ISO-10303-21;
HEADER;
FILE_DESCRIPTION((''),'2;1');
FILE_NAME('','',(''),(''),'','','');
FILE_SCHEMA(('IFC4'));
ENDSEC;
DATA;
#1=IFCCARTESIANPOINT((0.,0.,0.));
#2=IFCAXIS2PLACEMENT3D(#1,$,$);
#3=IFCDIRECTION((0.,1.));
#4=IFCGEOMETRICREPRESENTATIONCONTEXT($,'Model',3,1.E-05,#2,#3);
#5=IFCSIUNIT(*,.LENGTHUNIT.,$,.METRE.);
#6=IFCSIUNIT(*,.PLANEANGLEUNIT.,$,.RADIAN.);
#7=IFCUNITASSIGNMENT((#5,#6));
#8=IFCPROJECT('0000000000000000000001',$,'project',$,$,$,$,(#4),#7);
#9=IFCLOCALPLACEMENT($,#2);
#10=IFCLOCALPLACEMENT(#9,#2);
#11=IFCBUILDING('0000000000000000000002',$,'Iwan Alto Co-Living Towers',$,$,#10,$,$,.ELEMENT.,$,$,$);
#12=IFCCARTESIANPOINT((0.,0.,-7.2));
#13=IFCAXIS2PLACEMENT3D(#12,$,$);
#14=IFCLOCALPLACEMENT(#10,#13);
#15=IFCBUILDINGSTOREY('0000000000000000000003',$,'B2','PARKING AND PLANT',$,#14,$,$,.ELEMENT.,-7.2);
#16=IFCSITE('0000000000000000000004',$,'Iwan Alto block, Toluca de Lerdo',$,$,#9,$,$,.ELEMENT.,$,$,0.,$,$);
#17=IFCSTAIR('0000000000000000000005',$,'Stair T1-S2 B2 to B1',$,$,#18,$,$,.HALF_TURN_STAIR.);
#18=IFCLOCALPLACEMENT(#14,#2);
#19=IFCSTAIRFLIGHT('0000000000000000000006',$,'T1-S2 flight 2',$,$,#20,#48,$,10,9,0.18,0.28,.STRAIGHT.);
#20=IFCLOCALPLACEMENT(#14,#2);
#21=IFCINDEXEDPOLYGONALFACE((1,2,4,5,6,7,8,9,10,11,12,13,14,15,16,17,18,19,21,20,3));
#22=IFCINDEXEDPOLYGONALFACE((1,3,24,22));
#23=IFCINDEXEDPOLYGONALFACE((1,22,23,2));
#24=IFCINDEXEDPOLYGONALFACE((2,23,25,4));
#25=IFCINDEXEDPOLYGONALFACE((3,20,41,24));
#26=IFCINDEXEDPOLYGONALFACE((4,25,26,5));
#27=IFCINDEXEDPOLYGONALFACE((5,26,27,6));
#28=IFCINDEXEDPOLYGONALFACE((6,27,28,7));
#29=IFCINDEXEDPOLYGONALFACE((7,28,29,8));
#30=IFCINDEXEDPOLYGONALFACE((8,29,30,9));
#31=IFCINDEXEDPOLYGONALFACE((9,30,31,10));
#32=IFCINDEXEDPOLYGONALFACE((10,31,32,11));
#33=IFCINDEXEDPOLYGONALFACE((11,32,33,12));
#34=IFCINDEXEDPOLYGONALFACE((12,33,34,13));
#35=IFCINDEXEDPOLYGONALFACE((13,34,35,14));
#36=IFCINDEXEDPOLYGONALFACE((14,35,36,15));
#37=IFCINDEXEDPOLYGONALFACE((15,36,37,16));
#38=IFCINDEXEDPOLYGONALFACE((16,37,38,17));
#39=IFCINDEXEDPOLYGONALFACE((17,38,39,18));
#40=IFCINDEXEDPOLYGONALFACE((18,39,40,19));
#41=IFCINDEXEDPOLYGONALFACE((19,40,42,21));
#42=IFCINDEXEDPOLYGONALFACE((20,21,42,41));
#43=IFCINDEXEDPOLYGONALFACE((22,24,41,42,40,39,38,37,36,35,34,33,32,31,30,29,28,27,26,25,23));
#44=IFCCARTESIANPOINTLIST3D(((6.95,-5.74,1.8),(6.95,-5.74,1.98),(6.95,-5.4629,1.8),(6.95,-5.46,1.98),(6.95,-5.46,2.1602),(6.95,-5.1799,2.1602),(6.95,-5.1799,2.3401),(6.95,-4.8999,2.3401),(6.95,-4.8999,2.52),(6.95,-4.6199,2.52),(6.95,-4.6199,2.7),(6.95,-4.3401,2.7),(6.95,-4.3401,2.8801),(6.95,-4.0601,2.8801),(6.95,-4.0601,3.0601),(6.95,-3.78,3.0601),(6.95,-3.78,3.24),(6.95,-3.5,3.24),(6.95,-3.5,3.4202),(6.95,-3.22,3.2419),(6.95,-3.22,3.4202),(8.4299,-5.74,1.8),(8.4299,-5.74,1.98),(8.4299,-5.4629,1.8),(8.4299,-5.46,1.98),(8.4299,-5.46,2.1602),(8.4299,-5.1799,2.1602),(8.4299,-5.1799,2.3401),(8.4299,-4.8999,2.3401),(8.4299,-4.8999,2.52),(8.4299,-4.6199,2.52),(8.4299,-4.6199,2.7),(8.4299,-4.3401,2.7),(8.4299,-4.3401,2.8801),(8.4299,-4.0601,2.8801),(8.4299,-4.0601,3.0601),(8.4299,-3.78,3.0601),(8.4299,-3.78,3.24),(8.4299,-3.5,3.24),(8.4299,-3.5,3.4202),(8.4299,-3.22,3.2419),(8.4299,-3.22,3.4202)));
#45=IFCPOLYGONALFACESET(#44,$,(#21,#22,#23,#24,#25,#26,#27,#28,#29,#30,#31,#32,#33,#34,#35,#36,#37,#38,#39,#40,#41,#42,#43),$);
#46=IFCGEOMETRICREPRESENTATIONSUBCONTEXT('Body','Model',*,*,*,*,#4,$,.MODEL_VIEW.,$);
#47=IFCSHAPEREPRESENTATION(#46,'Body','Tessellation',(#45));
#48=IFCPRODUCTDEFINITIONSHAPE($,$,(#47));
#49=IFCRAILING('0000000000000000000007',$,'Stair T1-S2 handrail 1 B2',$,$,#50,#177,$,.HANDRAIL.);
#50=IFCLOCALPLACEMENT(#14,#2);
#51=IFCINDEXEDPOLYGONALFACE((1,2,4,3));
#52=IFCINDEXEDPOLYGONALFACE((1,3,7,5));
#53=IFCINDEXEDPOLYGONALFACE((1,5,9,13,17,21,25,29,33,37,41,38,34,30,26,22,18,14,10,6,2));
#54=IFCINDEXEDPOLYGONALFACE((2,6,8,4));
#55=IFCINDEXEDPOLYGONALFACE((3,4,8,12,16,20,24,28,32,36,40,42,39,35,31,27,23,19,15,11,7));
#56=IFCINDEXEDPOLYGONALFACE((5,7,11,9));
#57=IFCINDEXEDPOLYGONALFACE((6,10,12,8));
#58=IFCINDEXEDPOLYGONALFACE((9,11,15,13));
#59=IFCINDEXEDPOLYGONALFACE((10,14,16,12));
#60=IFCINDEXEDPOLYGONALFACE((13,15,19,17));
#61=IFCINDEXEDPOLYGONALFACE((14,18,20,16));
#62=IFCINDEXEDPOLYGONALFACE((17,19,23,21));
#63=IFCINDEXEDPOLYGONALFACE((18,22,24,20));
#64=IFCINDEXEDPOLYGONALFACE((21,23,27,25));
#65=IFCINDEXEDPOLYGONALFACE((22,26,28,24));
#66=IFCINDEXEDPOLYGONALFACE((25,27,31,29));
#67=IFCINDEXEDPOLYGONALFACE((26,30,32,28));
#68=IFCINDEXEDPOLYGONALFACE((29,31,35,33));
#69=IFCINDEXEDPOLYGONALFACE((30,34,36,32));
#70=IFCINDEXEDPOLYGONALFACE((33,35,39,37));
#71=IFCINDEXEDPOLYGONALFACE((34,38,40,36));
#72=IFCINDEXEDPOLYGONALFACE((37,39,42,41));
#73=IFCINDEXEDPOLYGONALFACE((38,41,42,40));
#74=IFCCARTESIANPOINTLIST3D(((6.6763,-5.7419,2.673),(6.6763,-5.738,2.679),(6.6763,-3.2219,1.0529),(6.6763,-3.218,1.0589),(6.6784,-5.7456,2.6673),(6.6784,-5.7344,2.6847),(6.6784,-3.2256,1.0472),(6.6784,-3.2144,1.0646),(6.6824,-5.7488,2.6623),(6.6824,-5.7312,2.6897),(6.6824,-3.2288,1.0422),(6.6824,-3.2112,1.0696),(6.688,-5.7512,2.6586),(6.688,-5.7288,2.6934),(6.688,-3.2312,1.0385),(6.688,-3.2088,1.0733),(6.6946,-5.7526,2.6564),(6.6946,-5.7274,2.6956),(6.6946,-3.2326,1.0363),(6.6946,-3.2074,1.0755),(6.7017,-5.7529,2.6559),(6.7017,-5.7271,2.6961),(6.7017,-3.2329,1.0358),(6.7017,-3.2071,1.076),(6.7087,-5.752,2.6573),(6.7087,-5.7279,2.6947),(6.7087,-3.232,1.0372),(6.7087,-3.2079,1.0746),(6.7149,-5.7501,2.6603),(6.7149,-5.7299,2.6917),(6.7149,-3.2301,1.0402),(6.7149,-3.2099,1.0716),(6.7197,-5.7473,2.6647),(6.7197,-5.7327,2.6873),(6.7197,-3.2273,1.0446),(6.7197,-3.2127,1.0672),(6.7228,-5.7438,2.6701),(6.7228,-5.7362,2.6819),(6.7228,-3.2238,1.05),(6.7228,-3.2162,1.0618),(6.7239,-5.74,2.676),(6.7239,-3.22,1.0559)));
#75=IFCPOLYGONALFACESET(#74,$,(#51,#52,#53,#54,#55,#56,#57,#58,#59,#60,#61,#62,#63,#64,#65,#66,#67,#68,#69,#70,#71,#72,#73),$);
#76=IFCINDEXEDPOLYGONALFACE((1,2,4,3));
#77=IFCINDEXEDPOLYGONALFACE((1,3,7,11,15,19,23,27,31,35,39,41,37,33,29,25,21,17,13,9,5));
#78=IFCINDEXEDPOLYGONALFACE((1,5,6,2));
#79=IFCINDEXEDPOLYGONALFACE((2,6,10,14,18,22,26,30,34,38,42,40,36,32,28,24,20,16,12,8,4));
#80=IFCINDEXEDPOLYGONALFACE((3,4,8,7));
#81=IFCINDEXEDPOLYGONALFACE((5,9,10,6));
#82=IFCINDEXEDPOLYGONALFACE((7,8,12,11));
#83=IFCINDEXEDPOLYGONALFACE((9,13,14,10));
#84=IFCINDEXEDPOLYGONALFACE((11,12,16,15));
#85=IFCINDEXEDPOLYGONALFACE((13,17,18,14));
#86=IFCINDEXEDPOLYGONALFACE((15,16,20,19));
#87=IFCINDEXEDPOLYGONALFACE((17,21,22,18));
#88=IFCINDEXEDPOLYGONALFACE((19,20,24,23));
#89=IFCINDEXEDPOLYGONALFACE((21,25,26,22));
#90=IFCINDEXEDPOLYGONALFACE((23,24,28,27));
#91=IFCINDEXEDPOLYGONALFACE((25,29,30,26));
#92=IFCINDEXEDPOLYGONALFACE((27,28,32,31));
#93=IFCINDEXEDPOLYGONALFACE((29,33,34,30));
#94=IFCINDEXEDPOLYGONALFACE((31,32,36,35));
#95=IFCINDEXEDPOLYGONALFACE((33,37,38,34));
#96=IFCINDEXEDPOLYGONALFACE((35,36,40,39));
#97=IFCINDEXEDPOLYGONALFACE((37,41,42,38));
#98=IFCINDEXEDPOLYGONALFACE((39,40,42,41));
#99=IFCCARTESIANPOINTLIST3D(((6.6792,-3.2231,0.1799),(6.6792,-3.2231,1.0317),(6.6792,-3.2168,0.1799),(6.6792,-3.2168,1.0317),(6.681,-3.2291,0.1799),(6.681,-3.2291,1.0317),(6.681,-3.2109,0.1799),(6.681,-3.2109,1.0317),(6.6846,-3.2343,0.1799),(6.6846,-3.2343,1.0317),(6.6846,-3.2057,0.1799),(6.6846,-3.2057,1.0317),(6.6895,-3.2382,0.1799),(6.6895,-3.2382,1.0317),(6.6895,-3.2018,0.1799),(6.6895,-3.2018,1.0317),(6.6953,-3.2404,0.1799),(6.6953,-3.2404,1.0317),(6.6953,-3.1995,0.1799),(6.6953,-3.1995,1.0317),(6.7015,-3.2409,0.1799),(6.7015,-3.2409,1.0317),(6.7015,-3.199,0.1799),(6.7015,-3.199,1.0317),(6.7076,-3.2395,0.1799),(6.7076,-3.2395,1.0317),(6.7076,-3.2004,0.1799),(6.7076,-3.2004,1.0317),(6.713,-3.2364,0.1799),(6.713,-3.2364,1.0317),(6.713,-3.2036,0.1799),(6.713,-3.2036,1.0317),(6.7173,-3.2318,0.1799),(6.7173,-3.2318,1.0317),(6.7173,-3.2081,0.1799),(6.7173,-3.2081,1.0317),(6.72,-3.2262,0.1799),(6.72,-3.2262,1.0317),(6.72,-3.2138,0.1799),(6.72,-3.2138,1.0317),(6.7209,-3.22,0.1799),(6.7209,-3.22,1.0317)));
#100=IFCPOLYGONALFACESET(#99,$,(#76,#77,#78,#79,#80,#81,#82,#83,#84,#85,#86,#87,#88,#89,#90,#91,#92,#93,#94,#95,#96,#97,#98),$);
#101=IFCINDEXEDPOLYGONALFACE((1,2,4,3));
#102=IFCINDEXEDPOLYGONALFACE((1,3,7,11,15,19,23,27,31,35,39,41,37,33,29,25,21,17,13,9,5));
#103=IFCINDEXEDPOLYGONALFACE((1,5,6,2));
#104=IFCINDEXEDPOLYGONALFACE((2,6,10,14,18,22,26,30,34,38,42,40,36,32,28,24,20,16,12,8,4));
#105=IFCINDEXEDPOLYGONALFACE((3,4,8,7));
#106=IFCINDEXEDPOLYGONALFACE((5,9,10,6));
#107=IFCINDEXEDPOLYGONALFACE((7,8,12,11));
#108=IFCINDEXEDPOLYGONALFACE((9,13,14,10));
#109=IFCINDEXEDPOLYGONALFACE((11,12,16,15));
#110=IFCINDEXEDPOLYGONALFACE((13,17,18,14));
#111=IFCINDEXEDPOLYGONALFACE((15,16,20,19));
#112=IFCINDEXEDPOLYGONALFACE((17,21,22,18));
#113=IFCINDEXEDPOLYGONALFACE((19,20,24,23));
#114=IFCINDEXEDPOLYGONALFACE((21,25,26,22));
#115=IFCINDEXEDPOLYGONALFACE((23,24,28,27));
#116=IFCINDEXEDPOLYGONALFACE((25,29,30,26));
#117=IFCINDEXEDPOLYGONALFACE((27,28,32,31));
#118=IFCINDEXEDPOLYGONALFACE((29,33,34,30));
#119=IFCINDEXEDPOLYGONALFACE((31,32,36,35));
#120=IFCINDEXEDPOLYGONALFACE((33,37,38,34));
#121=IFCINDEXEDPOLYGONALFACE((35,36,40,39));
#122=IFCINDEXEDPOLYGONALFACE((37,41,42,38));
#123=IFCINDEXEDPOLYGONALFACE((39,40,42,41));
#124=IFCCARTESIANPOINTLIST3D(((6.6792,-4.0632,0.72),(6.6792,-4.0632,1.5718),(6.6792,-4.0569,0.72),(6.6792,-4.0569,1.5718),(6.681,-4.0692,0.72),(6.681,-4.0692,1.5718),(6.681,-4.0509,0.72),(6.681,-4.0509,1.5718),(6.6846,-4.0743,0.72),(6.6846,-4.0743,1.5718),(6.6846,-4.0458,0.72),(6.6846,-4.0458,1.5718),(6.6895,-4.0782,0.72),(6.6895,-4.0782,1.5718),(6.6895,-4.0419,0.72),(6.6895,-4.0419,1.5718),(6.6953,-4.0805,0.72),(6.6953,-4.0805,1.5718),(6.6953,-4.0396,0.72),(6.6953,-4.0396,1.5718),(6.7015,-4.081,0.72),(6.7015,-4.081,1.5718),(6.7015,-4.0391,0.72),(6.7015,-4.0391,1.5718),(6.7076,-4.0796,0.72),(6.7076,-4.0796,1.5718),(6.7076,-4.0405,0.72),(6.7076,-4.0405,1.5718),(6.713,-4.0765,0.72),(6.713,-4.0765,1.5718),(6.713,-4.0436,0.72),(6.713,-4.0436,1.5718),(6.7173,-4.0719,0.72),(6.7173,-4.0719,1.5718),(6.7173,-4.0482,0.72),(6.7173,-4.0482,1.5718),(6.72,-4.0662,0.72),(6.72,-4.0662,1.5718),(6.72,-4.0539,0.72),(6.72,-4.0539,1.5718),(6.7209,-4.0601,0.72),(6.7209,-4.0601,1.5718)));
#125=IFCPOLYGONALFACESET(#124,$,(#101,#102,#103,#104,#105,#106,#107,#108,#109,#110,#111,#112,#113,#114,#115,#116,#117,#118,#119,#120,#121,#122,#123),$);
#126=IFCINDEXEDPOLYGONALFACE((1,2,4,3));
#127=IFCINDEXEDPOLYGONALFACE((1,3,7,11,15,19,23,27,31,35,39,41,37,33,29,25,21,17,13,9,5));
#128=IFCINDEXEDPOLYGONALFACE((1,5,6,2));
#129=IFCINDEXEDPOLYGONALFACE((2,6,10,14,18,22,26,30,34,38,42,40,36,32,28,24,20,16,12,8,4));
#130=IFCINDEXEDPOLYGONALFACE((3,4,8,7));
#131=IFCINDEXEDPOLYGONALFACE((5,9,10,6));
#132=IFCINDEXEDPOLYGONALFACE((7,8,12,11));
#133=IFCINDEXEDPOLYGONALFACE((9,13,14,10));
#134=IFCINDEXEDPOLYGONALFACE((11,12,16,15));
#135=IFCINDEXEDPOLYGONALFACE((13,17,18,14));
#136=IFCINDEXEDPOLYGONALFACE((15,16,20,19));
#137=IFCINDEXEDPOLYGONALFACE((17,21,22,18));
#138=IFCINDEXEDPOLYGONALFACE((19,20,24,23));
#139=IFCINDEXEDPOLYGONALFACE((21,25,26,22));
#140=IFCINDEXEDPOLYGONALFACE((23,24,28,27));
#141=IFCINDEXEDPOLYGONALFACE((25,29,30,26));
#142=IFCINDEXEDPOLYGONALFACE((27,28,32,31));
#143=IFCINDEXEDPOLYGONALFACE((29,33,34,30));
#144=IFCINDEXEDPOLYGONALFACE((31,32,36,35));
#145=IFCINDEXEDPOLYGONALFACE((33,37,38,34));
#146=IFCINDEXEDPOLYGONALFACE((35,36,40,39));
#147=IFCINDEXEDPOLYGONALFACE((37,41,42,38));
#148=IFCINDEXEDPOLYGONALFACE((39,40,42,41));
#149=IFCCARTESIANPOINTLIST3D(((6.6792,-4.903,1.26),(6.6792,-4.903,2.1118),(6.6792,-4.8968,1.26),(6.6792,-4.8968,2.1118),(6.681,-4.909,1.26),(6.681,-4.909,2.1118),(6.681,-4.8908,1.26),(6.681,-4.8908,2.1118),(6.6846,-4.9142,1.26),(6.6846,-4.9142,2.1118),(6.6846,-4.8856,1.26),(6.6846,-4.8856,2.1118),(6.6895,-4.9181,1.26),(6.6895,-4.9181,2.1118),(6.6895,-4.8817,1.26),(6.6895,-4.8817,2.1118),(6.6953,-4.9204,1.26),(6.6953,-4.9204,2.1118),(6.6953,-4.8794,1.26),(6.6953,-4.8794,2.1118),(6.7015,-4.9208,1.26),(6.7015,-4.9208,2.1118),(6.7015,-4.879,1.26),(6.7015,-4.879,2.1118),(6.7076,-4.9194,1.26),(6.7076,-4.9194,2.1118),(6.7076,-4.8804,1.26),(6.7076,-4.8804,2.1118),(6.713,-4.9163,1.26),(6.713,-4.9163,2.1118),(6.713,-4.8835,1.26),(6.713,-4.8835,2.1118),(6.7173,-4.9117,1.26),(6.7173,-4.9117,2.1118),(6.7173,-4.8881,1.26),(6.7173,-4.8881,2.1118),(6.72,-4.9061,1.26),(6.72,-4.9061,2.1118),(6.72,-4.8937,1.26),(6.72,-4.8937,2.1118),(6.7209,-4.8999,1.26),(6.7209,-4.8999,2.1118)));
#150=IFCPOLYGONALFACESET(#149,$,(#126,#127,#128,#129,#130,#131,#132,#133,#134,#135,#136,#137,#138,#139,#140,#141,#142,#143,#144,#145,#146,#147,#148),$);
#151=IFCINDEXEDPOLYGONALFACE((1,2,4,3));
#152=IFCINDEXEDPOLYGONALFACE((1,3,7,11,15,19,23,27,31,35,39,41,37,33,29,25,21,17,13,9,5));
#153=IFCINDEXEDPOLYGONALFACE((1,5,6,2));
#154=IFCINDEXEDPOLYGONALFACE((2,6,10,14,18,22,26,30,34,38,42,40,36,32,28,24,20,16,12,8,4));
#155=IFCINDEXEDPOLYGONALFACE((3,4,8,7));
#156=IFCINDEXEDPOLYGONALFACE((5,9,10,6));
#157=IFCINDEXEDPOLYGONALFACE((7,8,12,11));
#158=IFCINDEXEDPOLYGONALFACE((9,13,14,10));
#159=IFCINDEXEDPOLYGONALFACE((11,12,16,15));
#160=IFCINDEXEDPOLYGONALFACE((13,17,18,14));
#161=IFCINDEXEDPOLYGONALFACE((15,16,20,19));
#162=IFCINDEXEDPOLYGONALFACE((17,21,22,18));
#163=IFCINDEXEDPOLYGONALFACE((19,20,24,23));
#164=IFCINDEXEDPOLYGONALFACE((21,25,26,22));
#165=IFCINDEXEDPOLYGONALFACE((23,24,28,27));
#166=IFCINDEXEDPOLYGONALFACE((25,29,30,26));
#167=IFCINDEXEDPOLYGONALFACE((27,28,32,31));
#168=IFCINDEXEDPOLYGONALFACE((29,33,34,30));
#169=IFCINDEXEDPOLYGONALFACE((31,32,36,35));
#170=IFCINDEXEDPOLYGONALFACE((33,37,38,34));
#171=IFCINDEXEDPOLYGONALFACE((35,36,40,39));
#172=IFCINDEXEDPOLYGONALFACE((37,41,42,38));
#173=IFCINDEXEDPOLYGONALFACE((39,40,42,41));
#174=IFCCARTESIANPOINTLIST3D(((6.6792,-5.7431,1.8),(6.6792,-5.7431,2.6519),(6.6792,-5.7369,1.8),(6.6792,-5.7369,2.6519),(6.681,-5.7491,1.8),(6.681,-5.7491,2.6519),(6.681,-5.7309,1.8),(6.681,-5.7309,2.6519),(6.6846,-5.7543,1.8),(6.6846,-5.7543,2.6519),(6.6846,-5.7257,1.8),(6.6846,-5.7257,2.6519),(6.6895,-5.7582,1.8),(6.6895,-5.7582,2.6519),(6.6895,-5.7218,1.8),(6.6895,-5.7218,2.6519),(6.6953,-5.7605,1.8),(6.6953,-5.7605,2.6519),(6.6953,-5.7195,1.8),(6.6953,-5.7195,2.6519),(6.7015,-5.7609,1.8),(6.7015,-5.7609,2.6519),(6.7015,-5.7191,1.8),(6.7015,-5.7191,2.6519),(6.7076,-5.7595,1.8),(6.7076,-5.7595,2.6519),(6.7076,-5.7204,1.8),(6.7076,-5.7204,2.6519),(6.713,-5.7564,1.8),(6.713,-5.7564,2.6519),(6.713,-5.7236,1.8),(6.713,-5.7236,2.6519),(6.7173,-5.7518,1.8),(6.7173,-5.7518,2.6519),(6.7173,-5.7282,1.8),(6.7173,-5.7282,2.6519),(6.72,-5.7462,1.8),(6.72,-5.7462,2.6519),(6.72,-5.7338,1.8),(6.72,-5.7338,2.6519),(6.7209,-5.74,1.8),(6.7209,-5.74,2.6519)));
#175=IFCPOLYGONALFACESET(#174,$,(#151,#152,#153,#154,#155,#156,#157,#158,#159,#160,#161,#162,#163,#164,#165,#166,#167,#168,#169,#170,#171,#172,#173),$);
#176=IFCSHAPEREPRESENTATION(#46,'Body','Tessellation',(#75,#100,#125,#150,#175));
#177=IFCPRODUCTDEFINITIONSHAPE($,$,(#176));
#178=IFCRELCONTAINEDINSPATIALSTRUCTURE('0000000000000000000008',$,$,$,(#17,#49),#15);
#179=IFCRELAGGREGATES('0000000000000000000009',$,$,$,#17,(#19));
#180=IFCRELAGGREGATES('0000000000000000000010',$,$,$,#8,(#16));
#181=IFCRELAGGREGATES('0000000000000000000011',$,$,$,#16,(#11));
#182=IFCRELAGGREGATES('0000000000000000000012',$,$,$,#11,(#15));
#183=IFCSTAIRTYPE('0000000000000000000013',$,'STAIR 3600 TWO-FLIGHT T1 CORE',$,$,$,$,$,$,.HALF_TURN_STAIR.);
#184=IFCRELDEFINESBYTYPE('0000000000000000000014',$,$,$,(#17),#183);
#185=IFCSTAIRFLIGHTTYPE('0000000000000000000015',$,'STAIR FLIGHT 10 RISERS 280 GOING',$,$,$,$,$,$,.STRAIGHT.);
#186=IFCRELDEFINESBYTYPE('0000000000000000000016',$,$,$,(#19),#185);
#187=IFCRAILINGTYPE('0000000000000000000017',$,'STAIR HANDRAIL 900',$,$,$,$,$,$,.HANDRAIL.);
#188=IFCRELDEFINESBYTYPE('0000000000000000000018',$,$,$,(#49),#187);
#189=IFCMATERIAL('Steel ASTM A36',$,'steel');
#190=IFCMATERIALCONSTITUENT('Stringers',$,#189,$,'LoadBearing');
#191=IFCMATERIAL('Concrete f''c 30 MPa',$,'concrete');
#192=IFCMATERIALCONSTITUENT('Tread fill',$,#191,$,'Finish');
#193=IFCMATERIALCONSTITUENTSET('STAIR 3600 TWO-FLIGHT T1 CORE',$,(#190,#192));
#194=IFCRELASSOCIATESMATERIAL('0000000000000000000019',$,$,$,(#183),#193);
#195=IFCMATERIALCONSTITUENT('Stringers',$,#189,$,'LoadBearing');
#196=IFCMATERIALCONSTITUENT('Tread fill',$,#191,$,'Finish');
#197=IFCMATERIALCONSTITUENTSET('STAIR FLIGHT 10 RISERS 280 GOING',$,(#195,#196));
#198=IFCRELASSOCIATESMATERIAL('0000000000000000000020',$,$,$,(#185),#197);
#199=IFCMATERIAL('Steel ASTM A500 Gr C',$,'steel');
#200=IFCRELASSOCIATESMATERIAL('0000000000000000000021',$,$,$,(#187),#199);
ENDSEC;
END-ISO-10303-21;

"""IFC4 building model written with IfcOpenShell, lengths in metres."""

from ifc_helpers import new_model, si_unit, direction, frame, origin, origin_2d, place, context, subcontext, project, spatial, polyline, circle, outline, extrude, material, constituent, constituent_set, type_object, element, aggregate, save


model = new_model("IFC4")

# Units and contexts
model_context = context("Model", 3, precision=1e-05, world=origin(), true_north=direction((0.0, 1.0)))
body_context = subcontext(model_context, "Body", "Model", "MODEL_VIEW")
ifc_project = project(units=[si_unit("LENGTHUNIT", "METRE"), si_unit("PLANEANGLEUNIT", "RADIAN")], contexts=[model_context])

# Site, building, storey
site_placement = place(None, origin())
site = spatial("IfcSite", under=ifc_project, at=site_placement, Name="Iwan Alto block, Toluca de Lerdo", CompositionType="ELEMENT", RefElevation=0.0)
building_placement = place(site_placement, origin())
building = spatial("IfcBuilding", under=site, at=building_placement, Name="Iwan Alto Co-Living Towers", CompositionType="ELEMENT")
storey_placement = place(building_placement, frame((0.0, 0.0, -7.2)))
storey = spatial("IfcBuildingStorey", under=building, at=storey_placement, Name="B2", Description="PARKING AND PLANT", CompositionType="ELEMENT", Elevation=-7.2)

# Stair, stair flight
ifc_material_1 = material(Name="Steel ASTM A36", Category="steel")
ifc_constituent_1 = constituent(ifc_material_1, Name="Stringers", Category="LoadBearing")
ifc_material_2 = material(Name="Concrete f'c 30 MPa", Category="concrete")
ifc_constituent_2 = constituent(ifc_material_2, Name="Tread fill", Category="Finish")
ifc_constituent_set_1 = constituent_set(constituents=[ifc_constituent_1, ifc_constituent_2], Name="STAIR 3600 TWO-FLIGHT T1 CORE")
stair_type = type_object("IfcStairType", Name="STAIR 3600 TWO-FLIGHT T1 CORE", PredefinedType="HALF_TURN_STAIR", material=ifc_constituent_set_1)
stair_placement = place(storey_placement, origin())
stair = element("IfcStair", 1, at=stair_placement, inside=storey, type_object=stair_type, Name="Stair T1-S2 B2 to B1", PredefinedType="HALF_TURN_STAIR")
ifc_constituent_3 = constituent(ifc_material_1, Name="Stringers", Category="LoadBearing")
ifc_constituent_4 = constituent(ifc_material_2, Name="Tread fill", Category="Finish")
ifc_constituent_set_2 = constituent_set(constituents=[ifc_constituent_3, ifc_constituent_4], Name="STAIR FLIGHT 10 RISERS 280 GOING")
stair_flight_type = type_object("IfcStairFlightType", Name="STAIR FLIGHT 10 RISERS 280 GOING", PredefinedType="STRAIGHT", material=ifc_constituent_set_2)
stair_flight_1_placement = place(storey_placement, frame((7.6899, -5.74, 1.8), z_axis=(0.0, 0.0, 1.0), x_axis=(0.0, 1.0, 0.0)))
stair_flight_1 = element("IfcStairFlight", 2, at=stair_flight_1_placement, type_object=stair_flight_type, Name="T1-S2 flight 2", NumberOfRisers=10, NumberOfTreads=9, PredefinedType="STRAIGHT", RiserHeight=0.18, TreadLength=0.28, context=body_context, shape_type="SweptSolid", body=[
    extrude(outline(polyline([(0.0, 0.0), (0.0, 0.1799), (0.28, 0.1799), (0.28, 0.3601), (0.5601, 0.3601), (0.5601, 0.54), (0.8401, 0.54), (0.8401, 0.72), (1.1201, 0.72), (1.1201, 0.8999), (1.3999, 0.8999), (1.3999, 1.0801), (1.6799, 1.0801), (1.6799, 1.26), (1.96, 1.26), (1.96, 1.4399), (2.24, 1.4399), (2.24, 1.6201), (2.52, 1.6201), (2.52, 1.8), (2.52, 1.4419), (0.2771, 0.0), (0.0, 0.0)])), frame((0.0, 0.74, 0.0), z_axis=(0.0, -1.0, 0.0), x_axis=(1.0, 0.0, 0.0)), (0.0, 0.0, 1.0), 1.48),
])
aggregate(stair, [stair_flight_1])

# Railing
ifc_material_3 = material(Name="Steel ASTM A500 Gr C", Category="steel")
railing_type_1 = type_object("IfcRailingType", Name="STAIR HANDRAIL 900", PredefinedType="HANDRAIL", material=ifc_material_3)
railing_1_placement = place(storey_placement, frame((6.7, -3.22, 0.1799)))
element("IfcRailing", 3, at=railing_1_placement, inside=storey, type_object=railing_type_1, Name="Stair T1-S2 handrail 1 B2", PredefinedType="HANDRAIL", context=body_context, shape_type="SweptSolid", body=[
    extrude(circle(Radius=0.0239, at=origin_2d()), frame((0.0, 0.0, 0.876), z_axis=(0.0, -0.841163, 0.540782), x_axis=(1.0, 0.0, 0.0)), (0.0, 0.0, 1.0), 2.9958),
    extrude(circle(Radius=0.021, at=origin_2d()), origin(), (0.0, 0.0, 1.0), 0.8518),
    extrude(circle(Radius=0.021, at=origin_2d()), frame((0.0, -0.8401, 0.54)), (0.0, 0.0, 1.0), 0.8518),
    extrude(circle(Radius=0.021, at=origin_2d()), frame((0.0, -1.6799, 1.0801)), (0.0, 0.0, 1.0), 0.8518),
    extrude(circle(Radius=0.021, at=origin_2d()), frame((0.0, -2.52, 1.6201)), (0.0, 0.0, 1.0), 0.8518),
])

save(model, "model.ifc")
